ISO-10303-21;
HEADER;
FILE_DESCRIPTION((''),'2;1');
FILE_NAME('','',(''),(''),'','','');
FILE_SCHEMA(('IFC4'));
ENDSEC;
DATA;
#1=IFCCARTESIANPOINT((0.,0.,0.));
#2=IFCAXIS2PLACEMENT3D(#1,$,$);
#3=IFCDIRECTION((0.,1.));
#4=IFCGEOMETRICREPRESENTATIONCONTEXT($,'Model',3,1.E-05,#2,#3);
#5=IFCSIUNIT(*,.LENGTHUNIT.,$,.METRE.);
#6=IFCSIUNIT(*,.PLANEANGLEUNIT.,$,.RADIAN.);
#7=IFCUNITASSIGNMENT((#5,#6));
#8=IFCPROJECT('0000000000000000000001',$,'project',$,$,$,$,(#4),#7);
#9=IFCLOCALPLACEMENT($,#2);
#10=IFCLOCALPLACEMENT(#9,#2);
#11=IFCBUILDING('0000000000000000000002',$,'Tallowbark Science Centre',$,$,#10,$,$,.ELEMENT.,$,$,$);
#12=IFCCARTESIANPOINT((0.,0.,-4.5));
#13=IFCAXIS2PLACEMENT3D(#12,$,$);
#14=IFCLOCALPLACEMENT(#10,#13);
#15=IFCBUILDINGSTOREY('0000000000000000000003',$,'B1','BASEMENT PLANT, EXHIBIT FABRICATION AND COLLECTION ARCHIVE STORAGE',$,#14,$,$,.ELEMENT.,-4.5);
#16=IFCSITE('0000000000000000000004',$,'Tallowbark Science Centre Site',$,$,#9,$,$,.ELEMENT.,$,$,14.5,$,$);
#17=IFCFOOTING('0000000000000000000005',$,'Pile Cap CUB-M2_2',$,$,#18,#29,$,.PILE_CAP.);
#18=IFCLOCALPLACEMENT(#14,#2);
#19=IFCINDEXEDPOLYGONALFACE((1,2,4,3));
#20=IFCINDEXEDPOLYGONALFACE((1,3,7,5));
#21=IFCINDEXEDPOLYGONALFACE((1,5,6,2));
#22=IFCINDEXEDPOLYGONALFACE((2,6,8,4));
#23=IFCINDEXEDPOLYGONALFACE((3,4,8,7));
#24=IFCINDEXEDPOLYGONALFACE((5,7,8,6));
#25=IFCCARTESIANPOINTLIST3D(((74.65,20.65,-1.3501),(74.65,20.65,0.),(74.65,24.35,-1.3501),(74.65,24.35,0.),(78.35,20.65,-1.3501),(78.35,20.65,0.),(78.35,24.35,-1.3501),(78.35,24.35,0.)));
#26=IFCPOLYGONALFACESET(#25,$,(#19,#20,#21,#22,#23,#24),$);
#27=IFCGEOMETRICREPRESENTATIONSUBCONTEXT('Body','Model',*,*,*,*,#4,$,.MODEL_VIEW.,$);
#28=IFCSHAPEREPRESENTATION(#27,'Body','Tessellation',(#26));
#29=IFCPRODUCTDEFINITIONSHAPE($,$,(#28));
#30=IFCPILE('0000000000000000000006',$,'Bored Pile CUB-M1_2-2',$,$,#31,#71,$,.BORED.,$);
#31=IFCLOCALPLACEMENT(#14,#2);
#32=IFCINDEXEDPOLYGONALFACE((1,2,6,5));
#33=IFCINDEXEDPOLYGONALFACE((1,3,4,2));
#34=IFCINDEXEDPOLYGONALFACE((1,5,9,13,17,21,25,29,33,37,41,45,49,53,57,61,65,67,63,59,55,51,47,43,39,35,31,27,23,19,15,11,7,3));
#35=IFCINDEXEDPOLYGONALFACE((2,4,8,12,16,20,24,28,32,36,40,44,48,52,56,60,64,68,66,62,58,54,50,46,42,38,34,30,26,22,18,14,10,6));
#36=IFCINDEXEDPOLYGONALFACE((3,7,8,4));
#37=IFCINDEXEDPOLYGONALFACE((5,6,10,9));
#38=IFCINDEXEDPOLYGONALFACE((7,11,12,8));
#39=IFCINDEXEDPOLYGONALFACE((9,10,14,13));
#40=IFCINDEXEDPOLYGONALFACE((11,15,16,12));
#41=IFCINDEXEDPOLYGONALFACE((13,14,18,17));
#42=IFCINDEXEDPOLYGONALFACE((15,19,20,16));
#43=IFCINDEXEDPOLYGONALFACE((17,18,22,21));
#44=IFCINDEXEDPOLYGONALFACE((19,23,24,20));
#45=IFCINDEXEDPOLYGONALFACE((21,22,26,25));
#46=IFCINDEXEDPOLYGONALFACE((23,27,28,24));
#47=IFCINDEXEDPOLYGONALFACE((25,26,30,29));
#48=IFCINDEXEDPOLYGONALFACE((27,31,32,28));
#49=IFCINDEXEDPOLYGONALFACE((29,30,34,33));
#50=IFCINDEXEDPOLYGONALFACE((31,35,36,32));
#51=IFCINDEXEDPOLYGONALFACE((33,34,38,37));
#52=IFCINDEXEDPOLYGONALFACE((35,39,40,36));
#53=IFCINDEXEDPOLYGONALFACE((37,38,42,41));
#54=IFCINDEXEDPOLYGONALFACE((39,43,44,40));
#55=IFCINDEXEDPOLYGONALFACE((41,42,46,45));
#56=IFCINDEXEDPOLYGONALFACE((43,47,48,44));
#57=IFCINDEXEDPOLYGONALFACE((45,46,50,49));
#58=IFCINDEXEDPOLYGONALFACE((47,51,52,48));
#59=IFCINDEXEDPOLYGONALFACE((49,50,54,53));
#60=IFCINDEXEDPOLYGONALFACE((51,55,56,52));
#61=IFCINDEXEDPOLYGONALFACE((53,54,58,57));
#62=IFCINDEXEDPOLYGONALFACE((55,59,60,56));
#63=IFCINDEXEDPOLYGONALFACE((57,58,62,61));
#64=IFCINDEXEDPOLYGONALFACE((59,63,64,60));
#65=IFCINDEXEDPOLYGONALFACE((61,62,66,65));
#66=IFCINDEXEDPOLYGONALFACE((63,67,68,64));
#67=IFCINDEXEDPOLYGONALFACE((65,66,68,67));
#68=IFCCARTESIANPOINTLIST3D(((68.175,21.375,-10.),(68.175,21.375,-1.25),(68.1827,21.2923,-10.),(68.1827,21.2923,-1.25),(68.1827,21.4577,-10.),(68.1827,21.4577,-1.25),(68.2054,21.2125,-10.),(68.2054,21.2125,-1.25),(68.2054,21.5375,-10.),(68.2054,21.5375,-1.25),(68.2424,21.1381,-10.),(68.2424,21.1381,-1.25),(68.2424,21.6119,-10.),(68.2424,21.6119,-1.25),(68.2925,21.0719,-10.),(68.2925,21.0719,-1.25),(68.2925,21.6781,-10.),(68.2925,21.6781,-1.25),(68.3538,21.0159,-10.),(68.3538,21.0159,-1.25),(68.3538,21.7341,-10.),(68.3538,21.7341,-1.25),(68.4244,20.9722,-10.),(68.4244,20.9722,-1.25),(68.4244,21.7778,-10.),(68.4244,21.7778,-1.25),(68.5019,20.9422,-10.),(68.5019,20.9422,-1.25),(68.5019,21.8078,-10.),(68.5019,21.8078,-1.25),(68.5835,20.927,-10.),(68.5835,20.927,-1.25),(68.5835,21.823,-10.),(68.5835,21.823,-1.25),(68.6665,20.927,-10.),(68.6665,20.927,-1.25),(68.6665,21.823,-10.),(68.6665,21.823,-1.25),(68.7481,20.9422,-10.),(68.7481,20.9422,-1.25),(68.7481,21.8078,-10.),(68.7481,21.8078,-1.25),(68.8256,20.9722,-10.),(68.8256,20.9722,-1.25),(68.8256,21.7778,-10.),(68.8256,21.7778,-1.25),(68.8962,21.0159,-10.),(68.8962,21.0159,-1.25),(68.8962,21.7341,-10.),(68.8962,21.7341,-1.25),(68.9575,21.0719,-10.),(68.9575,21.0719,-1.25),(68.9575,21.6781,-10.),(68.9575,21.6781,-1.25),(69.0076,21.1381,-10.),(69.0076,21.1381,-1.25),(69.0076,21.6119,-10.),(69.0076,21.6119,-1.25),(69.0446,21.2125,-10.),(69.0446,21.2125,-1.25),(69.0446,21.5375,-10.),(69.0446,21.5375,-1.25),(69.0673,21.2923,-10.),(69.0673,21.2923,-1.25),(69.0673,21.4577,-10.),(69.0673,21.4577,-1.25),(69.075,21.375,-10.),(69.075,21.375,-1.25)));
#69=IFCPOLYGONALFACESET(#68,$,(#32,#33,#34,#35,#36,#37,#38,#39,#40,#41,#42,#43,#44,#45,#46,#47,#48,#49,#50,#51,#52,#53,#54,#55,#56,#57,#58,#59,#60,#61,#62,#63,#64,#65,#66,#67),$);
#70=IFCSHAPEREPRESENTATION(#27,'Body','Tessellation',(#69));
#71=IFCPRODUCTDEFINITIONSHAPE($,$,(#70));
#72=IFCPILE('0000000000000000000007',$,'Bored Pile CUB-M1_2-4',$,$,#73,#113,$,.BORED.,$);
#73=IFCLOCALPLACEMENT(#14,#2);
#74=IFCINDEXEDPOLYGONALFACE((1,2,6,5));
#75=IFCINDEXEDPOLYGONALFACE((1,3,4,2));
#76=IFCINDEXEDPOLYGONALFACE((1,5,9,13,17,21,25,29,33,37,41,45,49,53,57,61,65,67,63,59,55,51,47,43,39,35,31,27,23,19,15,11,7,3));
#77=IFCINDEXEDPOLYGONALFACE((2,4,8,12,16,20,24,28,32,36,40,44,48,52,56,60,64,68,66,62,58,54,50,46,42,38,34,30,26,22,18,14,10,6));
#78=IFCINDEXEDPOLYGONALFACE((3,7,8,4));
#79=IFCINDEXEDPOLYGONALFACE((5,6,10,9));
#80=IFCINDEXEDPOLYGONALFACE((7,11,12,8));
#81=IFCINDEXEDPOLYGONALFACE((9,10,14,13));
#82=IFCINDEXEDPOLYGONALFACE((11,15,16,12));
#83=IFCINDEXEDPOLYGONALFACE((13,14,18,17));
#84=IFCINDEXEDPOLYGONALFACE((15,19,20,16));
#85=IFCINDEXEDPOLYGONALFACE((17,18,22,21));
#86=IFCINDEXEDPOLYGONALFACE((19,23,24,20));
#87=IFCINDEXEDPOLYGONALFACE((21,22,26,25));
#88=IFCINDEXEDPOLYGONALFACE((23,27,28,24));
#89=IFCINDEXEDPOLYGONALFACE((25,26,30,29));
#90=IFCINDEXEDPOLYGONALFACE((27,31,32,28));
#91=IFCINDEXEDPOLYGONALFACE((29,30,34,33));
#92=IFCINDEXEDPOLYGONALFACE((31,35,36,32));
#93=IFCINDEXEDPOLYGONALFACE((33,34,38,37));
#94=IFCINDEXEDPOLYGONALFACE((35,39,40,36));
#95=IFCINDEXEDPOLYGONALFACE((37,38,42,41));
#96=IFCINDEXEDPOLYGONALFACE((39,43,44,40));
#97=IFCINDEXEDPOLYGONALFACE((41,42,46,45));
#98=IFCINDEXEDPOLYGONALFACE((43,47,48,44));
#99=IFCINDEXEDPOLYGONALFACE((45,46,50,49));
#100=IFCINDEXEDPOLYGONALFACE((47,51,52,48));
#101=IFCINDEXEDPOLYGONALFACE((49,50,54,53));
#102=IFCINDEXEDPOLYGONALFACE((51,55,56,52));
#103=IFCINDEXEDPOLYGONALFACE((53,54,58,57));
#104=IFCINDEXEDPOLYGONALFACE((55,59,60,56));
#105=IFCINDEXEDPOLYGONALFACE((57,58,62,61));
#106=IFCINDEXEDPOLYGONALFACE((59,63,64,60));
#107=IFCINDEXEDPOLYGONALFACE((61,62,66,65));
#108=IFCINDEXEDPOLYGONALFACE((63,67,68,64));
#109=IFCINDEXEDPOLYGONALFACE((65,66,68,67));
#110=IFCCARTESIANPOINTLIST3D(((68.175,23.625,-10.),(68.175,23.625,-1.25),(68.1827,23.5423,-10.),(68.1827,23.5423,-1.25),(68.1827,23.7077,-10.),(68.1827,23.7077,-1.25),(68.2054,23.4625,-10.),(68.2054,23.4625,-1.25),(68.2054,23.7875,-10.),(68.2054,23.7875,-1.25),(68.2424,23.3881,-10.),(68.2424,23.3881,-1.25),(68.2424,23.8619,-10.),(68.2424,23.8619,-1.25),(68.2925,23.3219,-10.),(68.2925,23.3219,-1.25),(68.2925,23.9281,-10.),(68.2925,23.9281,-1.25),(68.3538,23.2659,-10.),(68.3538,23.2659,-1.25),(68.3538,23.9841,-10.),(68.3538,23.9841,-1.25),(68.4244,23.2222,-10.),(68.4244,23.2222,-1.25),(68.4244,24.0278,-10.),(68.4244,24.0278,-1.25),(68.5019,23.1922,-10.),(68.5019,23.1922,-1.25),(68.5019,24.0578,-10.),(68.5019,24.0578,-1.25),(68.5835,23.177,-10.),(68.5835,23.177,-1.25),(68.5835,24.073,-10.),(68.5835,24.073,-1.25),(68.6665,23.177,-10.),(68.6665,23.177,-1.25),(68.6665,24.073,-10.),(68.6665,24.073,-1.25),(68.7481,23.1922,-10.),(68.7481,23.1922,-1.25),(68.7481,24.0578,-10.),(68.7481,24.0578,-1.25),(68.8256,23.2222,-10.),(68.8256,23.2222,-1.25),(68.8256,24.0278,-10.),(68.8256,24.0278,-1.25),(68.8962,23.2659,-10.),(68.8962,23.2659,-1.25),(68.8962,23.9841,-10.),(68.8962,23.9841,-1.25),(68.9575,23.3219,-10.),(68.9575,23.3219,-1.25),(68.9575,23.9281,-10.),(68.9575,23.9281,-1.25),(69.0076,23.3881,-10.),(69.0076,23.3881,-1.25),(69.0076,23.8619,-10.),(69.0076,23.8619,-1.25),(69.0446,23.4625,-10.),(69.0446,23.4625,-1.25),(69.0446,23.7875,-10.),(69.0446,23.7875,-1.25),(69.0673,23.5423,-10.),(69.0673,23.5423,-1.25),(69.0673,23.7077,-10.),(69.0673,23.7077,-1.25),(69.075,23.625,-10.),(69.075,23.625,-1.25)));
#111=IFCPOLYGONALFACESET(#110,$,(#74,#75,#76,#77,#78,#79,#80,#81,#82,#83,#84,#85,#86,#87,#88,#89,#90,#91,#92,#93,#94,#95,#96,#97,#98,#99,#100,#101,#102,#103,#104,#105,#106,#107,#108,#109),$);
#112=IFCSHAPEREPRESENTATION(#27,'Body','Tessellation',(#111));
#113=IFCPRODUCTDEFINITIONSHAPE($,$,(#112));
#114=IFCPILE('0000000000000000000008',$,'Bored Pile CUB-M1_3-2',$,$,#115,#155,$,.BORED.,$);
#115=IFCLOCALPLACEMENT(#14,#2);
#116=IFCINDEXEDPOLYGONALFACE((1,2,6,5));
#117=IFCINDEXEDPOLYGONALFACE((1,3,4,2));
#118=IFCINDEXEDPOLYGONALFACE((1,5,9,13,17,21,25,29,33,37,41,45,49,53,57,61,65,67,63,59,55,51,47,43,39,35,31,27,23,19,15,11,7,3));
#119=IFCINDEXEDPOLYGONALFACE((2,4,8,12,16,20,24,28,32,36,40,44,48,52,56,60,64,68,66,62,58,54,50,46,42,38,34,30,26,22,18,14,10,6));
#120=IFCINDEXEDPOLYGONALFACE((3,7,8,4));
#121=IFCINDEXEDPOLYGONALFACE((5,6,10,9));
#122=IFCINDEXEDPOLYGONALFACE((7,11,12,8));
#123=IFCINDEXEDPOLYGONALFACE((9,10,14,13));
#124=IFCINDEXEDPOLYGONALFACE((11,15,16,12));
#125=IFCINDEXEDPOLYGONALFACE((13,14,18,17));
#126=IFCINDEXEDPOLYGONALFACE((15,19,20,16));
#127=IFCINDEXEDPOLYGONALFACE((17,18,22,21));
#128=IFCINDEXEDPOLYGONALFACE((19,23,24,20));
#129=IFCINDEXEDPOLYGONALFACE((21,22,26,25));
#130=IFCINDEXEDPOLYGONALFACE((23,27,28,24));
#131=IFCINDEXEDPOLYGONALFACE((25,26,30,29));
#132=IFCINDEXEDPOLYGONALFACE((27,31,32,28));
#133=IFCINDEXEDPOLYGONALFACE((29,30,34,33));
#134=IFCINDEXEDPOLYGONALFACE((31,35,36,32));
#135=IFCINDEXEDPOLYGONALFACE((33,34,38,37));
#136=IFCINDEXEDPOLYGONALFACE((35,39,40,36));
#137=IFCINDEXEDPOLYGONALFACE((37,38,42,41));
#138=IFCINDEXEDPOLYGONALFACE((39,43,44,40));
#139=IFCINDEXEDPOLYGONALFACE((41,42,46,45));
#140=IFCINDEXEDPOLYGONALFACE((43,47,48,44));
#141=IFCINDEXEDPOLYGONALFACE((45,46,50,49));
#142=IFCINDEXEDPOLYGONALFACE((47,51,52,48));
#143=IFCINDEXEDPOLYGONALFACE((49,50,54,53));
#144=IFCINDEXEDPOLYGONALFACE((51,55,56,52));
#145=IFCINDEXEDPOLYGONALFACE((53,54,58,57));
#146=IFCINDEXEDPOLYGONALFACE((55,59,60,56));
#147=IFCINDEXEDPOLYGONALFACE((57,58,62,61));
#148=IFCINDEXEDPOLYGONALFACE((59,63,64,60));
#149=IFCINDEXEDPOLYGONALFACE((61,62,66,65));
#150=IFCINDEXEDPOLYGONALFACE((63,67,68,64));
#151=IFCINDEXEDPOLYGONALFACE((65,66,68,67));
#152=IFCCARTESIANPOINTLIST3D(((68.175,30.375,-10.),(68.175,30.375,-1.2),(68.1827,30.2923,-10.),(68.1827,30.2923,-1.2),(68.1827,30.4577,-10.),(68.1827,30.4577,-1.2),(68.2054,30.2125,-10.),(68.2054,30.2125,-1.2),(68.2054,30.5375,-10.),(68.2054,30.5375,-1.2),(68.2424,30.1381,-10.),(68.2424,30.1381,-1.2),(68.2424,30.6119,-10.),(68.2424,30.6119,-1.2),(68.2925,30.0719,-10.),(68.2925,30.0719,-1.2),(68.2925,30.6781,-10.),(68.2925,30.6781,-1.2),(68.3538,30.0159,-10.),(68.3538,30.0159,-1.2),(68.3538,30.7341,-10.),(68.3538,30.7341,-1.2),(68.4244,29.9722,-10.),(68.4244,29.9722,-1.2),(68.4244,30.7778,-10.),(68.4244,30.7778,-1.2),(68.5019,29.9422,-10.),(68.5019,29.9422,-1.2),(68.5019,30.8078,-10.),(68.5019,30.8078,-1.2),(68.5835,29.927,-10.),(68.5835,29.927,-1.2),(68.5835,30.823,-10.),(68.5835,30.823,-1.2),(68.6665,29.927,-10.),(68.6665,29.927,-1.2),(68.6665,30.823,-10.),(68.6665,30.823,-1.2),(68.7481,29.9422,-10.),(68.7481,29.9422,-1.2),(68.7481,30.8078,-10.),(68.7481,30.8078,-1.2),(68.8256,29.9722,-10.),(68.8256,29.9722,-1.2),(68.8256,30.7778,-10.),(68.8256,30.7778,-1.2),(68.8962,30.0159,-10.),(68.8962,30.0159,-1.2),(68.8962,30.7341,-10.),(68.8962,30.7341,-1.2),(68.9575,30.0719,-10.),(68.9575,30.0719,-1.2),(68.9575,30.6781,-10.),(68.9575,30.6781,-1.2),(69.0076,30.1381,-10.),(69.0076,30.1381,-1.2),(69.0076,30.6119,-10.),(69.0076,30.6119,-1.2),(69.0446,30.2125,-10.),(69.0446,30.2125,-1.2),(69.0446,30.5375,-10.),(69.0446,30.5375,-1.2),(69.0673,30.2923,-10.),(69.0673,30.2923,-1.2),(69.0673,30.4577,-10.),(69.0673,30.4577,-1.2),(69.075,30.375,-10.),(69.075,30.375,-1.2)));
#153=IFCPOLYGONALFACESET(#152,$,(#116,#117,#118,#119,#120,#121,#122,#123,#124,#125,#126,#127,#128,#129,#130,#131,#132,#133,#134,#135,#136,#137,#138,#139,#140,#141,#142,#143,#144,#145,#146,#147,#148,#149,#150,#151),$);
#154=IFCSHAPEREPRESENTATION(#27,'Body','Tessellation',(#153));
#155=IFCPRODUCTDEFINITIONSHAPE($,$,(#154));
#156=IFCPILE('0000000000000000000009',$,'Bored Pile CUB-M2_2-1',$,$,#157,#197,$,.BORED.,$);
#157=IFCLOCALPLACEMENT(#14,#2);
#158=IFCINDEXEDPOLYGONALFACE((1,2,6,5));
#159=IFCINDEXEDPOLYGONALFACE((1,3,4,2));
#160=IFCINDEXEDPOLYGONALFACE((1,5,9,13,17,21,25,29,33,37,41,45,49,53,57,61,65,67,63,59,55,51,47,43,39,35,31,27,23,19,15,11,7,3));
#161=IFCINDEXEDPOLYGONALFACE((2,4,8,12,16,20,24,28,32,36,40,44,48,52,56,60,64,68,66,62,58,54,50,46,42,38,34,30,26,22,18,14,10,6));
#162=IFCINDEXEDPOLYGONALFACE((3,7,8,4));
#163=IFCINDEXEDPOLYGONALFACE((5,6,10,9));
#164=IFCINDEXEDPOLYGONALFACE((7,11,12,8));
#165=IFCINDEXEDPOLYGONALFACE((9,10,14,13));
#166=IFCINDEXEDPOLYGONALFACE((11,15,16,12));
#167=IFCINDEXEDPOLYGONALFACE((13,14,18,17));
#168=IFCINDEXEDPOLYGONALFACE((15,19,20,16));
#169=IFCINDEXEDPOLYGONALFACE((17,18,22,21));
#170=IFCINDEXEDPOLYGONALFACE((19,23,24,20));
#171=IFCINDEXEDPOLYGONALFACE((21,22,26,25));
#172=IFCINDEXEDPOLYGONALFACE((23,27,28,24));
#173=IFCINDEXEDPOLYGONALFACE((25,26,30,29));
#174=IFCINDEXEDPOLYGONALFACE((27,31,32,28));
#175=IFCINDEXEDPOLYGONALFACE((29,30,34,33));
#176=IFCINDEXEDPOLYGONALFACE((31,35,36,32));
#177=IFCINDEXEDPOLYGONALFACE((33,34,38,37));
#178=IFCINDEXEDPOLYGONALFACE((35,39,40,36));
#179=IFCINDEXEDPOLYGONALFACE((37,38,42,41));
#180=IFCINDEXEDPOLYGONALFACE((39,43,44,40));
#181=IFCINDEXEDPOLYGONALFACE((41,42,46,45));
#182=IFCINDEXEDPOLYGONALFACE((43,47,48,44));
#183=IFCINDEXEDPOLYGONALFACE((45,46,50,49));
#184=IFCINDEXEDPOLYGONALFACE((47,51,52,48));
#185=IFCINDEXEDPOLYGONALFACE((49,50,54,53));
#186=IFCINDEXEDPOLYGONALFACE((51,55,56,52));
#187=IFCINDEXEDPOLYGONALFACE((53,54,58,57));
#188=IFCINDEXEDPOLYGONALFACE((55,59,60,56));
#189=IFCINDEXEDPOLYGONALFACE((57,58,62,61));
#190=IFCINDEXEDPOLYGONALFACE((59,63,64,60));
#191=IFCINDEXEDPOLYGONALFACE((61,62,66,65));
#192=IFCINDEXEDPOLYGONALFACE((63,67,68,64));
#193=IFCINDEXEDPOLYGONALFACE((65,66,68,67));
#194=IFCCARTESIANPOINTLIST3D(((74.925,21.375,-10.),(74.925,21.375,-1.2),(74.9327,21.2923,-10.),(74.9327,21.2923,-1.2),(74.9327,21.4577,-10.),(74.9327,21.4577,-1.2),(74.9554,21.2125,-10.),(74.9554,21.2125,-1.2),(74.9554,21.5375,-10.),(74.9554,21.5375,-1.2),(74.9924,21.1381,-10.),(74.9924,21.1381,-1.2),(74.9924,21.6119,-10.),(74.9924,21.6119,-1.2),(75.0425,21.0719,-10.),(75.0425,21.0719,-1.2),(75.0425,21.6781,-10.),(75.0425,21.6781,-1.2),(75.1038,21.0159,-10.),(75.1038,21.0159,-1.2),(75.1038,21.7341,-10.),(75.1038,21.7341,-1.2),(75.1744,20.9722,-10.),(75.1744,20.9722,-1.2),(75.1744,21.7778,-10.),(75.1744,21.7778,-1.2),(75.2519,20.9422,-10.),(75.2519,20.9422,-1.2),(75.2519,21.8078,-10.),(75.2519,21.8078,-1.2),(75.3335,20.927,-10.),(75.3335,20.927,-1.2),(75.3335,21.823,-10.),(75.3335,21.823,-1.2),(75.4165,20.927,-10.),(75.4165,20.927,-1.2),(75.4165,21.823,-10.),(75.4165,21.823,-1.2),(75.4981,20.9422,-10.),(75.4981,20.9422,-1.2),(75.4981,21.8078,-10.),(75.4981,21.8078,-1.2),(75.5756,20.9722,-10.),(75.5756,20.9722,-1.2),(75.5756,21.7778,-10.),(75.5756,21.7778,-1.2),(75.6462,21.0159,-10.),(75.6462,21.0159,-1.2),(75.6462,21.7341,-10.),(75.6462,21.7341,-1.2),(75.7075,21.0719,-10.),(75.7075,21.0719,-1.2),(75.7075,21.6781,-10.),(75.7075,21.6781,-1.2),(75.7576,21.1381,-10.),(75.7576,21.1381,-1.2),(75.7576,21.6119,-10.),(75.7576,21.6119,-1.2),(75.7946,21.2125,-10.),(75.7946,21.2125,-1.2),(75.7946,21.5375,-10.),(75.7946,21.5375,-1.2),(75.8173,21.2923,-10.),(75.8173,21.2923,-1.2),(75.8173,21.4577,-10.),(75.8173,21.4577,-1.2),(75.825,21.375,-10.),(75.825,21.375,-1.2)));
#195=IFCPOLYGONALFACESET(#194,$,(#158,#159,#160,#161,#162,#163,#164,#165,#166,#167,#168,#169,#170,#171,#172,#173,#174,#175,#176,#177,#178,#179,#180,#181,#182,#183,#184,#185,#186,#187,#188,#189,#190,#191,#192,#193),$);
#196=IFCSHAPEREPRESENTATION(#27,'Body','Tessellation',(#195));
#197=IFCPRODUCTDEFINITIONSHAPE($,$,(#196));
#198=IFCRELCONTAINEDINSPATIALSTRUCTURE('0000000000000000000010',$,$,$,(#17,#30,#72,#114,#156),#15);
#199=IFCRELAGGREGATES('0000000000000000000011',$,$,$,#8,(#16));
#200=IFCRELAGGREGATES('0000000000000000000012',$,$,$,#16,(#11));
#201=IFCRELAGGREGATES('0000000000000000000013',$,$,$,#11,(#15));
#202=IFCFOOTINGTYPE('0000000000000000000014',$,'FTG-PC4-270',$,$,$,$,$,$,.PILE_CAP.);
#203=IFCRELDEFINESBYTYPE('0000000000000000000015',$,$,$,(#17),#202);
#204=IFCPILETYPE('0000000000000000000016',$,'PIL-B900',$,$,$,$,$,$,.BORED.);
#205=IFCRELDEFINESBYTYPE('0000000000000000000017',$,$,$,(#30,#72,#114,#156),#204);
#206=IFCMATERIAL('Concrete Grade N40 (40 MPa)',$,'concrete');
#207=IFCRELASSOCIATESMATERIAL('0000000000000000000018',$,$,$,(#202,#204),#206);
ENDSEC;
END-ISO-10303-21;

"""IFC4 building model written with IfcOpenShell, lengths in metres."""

from ifc_helpers import new_model, si_unit, direction, frame, origin, origin_2d, place, context, subcontext, project, spatial, rectangle, circle, extrude, material, material_profile, profile_set, type_object, element, save


model = new_model("IFC4")

# Units and contexts
model_context = context("Model", 3, precision=1e-05, world=origin(), true_north=direction((0.0, 1.0)))
body_context = subcontext(model_context, "Body", "Model", "MODEL_VIEW")
ifc_project = project(units=[si_unit("LENGTHUNIT", "METRE"), si_unit("PLANEANGLEUNIT", "RADIAN")], contexts=[model_context])

# Site, building, storey
site_placement = place(None, origin())
site = spatial("IfcSite", under=ifc_project, at=site_placement, Name="Tallowbark Science Centre Site", CompositionType="ELEMENT", RefElevation=14.5)
building_placement = place(site_placement, origin())
building = spatial("IfcBuilding", under=site, at=building_placement, Name="Tallowbark Science Centre", CompositionType="ELEMENT")
storey_placement = place(building_placement, frame((0.0, 0.0, -4.5)))
storey = spatial("IfcBuildingStorey", under=building, at=storey_placement, Name="B1", Description="BASEMENT PLANT, EXHIBIT FABRICATION AND COLLECTION ARCHIVE STORAGE", CompositionType="ELEMENT", Elevation=-4.5)

# Footing
ifc_material_1 = material(Name="Concrete Grade N40 (40 MPa)", Category="concrete")
footing_type = type_object("IfcFootingType", Name="FTG-PC4-270", PredefinedType="PILE_CAP", material=ifc_material_1)
footing_placement = place(storey_placement, frame((76.5, 22.5, -1.3501), z_axis=(0.0, 0.0, 1.0), x_axis=(1.0, 0.0, 0.0)))
element("IfcFooting", 1, at=footing_placement, inside=storey, type_object=footing_type, Name="Pile Cap CUB-M2_2", PredefinedType="PILE_CAP", context=body_context, shape_type="SweptSolid", body=[
    extrude(rectangle(XDim=3.7, YDim=3.7, at=origin_2d()), origin(), (0.0, 0.0, 1.0), 1.3501),
])

# Piles
ifc_material_profile_1 = material_profile(ifc_material_1, circle(Radius=0.45, at=origin_2d()), Name="PILE900")
ifc_profile_set_1 = profile_set([ifc_material_profile_1], Name="Concrete Grade N40 (40 MPa)")
pile_type = type_object("IfcPileType", Name="PIL-B900", PredefinedType="BORED", material=ifc_profile_set_1)
for number, where, z_axis, x_axis, name in (
    (2, (68.625, 21.375, -1.25), (0.0, 0.0, -1.0), (1.0, 0.0, 0.0), "Bored Pile CUB-M1_2-2"),
    (3, (68.625, 23.625, -1.25), (0.0, 0.0, -1.0), (1.0, 0.0, 0.0), "Bored Pile CUB-M1_2-4"),
):
    element("IfcPile", number, at=place(storey_placement, frame(where, z_axis=z_axis, x_axis=x_axis)), inside=storey, type_object=pile_type, Name=name, PredefinedType="BORED", context=body_context, shape_type="SweptSolid", body=[
        extrude(circle(Radius=0.45, at=origin_2d()), origin(), (0.0, 0.0, 1.0), 8.75),
    ])
for number, where, z_axis, x_axis, name in (
    (4, (68.625, 30.375, -1.2), (0.0, 0.0, -1.0), (1.0, 0.0, 0.0), "Bored Pile CUB-M1_3-2"),
    (5, (75.375, 21.375, -1.2), (0.0, 0.0, -1.0), (1.0, 0.0, 0.0), "Bored Pile CUB-M2_2-1"),
):
    element("IfcPile", number, at=place(storey_placement, frame(where, z_axis=z_axis, x_axis=x_axis)), inside=storey, type_object=pile_type, Name=name, PredefinedType="BORED", context=body_context, shape_type="SweptSolid", body=[
        extrude(circle(Radius=0.45, at=origin_2d()), origin(), (0.0, 0.0, 1.0), 8.8),
    ])

save(model, "model.ifc")
